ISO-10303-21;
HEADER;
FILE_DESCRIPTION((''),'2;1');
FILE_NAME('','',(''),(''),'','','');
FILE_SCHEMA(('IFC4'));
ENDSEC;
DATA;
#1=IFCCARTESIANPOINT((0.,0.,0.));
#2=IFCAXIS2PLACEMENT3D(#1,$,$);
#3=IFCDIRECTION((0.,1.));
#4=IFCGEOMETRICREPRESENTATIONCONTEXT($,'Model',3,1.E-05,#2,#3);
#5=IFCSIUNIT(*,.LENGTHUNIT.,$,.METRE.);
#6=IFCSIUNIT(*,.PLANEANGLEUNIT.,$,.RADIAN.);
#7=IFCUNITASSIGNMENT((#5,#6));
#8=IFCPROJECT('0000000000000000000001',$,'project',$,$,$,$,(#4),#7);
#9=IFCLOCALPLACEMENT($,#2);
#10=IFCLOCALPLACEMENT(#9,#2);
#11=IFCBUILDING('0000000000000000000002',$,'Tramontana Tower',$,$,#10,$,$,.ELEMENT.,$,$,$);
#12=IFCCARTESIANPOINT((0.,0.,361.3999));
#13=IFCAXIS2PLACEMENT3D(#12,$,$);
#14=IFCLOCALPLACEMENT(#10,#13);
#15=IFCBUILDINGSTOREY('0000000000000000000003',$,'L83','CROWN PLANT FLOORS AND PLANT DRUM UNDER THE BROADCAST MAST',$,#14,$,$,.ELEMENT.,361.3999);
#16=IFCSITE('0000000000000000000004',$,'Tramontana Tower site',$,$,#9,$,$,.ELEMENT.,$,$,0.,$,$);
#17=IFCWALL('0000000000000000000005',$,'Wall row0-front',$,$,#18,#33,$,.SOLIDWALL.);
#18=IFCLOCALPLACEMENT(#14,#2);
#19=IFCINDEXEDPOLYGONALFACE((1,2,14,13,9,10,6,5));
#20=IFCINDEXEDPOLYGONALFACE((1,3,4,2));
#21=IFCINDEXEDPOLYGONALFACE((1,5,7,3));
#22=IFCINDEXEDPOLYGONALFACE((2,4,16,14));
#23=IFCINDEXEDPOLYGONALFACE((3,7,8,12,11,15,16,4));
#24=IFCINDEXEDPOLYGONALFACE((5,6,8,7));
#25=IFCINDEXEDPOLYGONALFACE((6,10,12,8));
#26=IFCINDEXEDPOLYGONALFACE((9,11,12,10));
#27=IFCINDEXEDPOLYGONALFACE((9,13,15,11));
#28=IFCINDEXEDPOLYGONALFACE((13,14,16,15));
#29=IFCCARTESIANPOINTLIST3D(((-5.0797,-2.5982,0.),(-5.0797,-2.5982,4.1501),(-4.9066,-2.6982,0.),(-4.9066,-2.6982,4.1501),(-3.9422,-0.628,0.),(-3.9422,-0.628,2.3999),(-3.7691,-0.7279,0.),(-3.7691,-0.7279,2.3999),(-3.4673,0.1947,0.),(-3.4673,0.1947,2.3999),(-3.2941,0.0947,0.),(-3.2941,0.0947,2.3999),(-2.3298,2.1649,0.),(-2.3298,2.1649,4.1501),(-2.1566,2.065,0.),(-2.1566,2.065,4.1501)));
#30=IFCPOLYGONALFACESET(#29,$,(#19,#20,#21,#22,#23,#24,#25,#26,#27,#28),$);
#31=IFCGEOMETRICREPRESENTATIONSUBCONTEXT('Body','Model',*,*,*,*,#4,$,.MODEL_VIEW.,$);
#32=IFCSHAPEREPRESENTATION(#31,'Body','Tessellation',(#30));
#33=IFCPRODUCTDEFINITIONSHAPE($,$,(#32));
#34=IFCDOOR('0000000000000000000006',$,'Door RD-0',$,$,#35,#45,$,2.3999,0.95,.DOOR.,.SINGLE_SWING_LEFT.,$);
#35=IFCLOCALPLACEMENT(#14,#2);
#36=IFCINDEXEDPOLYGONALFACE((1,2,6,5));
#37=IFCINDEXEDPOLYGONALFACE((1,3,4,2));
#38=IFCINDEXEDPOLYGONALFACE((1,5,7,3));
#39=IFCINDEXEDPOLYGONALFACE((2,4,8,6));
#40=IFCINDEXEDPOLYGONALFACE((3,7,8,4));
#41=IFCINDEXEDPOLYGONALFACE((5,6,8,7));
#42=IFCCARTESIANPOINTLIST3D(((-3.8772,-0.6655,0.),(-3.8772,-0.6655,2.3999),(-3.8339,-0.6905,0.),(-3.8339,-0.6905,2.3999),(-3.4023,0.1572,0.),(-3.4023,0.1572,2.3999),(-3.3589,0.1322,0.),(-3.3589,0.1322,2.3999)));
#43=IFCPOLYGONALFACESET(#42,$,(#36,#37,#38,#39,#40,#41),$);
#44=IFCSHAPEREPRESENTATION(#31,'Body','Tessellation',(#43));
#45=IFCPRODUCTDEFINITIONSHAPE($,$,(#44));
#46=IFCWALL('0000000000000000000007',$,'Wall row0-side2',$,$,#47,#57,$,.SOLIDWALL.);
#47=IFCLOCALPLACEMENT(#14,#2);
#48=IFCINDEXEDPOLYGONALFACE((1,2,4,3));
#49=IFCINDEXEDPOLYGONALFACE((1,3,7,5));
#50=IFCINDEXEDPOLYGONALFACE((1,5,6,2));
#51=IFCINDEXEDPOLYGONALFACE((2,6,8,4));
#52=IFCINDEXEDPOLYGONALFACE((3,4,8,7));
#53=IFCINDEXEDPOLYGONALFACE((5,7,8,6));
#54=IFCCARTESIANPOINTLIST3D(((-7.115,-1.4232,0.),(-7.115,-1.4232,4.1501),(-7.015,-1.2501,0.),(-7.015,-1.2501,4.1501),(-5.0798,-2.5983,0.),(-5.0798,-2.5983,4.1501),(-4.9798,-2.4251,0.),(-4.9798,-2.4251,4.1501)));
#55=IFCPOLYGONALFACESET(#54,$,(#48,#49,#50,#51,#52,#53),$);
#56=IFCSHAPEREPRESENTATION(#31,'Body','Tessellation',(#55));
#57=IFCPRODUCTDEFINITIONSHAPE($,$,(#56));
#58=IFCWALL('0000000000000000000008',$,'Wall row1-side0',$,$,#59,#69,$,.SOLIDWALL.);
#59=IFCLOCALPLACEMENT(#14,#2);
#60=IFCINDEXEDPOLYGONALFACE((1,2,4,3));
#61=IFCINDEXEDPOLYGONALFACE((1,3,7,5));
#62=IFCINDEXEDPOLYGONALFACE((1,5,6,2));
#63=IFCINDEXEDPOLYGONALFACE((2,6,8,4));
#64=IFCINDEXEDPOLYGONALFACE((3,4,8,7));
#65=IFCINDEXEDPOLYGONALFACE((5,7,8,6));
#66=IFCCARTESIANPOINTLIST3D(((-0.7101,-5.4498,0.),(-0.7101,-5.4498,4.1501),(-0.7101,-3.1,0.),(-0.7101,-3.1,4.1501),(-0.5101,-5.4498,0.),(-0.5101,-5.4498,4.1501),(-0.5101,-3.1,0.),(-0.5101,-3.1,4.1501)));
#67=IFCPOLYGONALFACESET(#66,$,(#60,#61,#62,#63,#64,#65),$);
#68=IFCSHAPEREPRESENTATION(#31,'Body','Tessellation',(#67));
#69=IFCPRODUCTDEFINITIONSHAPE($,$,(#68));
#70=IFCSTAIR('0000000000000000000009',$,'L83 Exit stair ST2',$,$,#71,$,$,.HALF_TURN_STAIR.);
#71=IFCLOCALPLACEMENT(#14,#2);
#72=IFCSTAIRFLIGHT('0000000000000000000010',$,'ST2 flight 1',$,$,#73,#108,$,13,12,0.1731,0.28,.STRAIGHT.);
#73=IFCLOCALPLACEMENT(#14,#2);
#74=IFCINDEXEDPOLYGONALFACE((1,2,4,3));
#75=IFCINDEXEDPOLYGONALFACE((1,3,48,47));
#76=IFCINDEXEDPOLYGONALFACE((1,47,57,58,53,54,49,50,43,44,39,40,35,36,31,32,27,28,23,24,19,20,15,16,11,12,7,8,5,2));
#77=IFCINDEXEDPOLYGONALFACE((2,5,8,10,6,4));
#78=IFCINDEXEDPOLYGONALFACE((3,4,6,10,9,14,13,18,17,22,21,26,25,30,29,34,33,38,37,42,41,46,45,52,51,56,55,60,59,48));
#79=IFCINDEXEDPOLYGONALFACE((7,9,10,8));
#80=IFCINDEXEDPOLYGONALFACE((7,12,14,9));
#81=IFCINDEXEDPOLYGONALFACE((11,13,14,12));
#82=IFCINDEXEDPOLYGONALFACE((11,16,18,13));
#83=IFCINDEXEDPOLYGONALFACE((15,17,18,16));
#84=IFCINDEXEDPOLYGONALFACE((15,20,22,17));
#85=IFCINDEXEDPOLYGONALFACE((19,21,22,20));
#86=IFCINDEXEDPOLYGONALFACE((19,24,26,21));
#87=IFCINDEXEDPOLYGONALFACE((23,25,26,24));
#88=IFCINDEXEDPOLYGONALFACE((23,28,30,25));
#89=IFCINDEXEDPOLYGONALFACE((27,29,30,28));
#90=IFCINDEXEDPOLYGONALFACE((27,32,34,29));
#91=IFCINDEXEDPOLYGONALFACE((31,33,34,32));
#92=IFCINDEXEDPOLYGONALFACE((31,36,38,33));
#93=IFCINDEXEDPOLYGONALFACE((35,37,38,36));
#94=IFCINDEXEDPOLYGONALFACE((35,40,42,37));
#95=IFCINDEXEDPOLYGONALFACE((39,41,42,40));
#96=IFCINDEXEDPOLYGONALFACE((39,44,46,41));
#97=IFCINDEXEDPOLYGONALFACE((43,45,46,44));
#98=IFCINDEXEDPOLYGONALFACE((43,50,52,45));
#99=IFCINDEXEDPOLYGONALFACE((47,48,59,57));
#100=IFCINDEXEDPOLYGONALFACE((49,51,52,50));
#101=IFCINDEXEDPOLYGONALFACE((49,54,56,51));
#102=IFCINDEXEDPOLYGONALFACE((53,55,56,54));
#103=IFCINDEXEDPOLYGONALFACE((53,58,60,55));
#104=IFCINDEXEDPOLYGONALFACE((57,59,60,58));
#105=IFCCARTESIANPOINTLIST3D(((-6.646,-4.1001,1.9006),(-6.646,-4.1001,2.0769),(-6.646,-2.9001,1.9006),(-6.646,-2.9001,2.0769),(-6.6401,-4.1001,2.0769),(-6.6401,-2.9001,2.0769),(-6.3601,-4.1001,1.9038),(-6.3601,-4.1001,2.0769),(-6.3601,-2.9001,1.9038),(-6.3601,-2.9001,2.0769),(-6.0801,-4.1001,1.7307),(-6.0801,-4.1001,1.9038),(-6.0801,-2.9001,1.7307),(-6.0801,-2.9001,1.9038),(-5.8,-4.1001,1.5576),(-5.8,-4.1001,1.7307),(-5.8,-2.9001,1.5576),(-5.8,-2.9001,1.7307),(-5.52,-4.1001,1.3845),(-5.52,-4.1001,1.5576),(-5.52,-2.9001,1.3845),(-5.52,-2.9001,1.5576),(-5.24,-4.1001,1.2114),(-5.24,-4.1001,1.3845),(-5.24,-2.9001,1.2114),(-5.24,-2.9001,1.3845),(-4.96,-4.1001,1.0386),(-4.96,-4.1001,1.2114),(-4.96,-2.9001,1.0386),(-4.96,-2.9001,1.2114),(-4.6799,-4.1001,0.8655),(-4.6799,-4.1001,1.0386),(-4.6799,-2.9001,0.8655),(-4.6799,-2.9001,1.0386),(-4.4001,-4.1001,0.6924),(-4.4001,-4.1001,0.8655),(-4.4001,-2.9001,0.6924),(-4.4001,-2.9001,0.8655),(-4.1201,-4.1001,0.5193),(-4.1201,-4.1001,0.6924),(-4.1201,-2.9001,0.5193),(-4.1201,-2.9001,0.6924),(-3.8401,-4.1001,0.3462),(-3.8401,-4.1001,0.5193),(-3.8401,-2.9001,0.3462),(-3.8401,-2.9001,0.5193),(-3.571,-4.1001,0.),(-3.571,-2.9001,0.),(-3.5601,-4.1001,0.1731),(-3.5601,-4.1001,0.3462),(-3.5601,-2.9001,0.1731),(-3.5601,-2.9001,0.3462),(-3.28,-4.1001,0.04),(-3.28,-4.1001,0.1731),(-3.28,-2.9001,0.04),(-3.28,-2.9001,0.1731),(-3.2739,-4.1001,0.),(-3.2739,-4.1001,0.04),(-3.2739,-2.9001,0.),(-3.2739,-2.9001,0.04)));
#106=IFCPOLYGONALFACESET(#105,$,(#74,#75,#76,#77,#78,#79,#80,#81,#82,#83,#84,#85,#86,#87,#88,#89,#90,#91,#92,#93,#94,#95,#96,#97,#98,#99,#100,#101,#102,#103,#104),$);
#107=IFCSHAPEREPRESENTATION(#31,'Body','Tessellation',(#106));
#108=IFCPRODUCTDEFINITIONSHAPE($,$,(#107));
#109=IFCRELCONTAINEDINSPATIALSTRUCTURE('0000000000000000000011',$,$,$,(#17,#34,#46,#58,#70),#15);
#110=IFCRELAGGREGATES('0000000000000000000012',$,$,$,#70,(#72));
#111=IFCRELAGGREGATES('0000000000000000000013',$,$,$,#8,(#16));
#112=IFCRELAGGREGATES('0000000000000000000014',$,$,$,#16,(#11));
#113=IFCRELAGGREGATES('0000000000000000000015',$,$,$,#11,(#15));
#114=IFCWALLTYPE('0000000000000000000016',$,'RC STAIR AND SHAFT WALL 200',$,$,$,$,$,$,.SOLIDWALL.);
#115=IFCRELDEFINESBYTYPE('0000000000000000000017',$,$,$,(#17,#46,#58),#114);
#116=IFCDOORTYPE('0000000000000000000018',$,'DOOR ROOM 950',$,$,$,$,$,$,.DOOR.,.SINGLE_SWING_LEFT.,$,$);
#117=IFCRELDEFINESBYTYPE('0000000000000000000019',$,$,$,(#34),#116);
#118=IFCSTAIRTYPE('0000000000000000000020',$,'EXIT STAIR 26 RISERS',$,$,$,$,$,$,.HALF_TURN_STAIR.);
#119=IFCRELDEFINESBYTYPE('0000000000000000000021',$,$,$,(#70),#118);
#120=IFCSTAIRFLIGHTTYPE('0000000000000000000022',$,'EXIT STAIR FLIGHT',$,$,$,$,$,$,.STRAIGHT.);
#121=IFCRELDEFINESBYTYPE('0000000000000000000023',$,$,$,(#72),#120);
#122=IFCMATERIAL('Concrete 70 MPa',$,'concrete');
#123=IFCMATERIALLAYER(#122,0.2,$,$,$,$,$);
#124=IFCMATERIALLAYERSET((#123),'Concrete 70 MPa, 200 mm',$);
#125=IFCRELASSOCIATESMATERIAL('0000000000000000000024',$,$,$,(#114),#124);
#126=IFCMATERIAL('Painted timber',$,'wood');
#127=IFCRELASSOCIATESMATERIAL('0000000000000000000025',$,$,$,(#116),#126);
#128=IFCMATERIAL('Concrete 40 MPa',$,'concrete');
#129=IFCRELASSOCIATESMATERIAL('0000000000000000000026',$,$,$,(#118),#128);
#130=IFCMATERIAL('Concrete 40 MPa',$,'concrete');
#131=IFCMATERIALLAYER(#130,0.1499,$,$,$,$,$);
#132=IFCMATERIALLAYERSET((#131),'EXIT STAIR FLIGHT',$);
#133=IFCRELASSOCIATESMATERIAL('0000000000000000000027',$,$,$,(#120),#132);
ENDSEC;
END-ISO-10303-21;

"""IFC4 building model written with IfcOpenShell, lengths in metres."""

from ifc_helpers import new_model, si_unit, direction, frame, frame_2d, origin, place, context, subcontext, project, spatial, polyline, rectangle, outline, extrude, material, layer, layer_set, type_object, element, fill, aggregate, save


model = new_model("IFC4")

# Units and contexts
model_context = context("Model", 3, precision=1e-05, world=origin(), true_north=direction((0.0, 1.0)))
body_context = subcontext(model_context, "Body", "Model", "MODEL_VIEW")
ifc_project = project(units=[si_unit("LENGTHUNIT", "METRE"), si_unit("PLANEANGLEUNIT", "RADIAN")], contexts=[model_context])

# Site, building, storey
site_placement = place(None, origin())
site = spatial("IfcSite", under=ifc_project, at=site_placement, Name="Tramontana Tower site", CompositionType="ELEMENT", RefElevation=0.0)
building_placement = place(site_placement, origin())
building = spatial("IfcBuilding", under=site, at=building_placement, Name="Tramontana Tower", CompositionType="ELEMENT")
storey_placement = place(building_placement, frame((0.0, 0.0, 361.3999)))
storey = spatial("IfcBuildingStorey", under=building, at=storey_placement, Name="L83", Description="CROWN PLANT FLOORS AND PLANT DRUM UNDER THE BROADCAST MAST", CompositionType="ELEMENT", Elevation=361.3999)

# Shared definitions
ifc_material_1 = material(Name="Concrete 70 MPa", Category="concrete")
ifc_layer_1 = layer(ifc_material_1, 0.2)
ifc_layer_set_1 = layer_set([ifc_layer_1], Name="Concrete 70 MPa, 200 mm")
wall_type_1 = type_object("IfcWallType", Name="RC STAIR AND SHAFT WALL 200", PredefinedType="SOLIDWALL", material=ifc_layer_set_1)

# Wall, opening, door
wall_1_placement = place(storey_placement, frame((-4.9932, -2.6482, 0.0), z_axis=(0.0, 0.0, 1.0), x_axis=(0.499997, 0.866027, 0.0)))
wall_1 = element("IfcWall", 1, at=wall_1_placement, inside=storey, type_object=wall_type_1, Name="Wall row0-front", PredefinedType="SOLIDWALL", context=body_context, shape_type="SweptSolid", body=[
    extrude(rectangle(XDim=5.5, YDim=0.2, at=frame_2d((2.75, 0.0))), origin(), (0.0, 0.0, 1.0), 4.1501),
])
opening_1_placement = place(wall_1_placement, frame((2.2749, 0.0, 0.0)))
opening_1 = element("IfcOpeningElement", 2, at=opening_1_placement, cuts=wall_1, PredefinedType="OPENING", context=body_context, shape_type="SweptSolid", body=[
    extrude(rectangle(XDim=0.95, YDim=2.3999, at=frame_2d((0.4751, 1.2))), frame((0.0, 0.1099, 0.0), z_axis=(0.0, -1.0, 0.0), x_axis=(1.0, 0.0, 0.0)), (0.0, 0.0, 1.0), 0.22),
])
ifc_material_2 = material(Name="Painted timber", Category="wood")
door_type_1 = type_object("IfcDoorType", Name="DOOR ROOM 950", OperationType="SINGLE_SWING_LEFT", PredefinedType="DOOR", material=ifc_material_2)
door_1_placement = place(opening_1_placement, origin())
door_1 = element("IfcDoor", 3, at=door_1_placement, inside=storey, type_object=door_type_1, Name="Door RD-0", OperationType="SINGLE_SWING_LEFT", OverallHeight=2.3999, OverallWidth=0.95, PredefinedType="DOOR", context=body_context, shape_type="SweptSolid", body=[
    extrude(rectangle(XDim=0.95, YDim=2.3999, at=frame_2d((0.4751, 1.2))), frame((0.0, 0.0249, 0.0), z_axis=(0.0, -1.0, 0.0), x_axis=(1.0, 0.0, 0.0)), (0.0, 0.0, 1.0), 0.05),
])
fill(opening_1, door_1)

# Walls
wall_2_placement = place(storey_placement, frame((-5.0298, -2.5117, 0.0), z_axis=(0.0, 0.0, 1.0), x_axis=(-0.866016, 0.500016, 0.0)))
element("IfcWall", 4, at=wall_2_placement, inside=storey, type_object=wall_type_1, Name="Wall row0-side2", PredefinedType="SOLIDWALL", context=body_context, shape_type="SweptSolid", body=[
    extrude(rectangle(XDim=2.3501, YDim=0.2, at=frame_2d((1.175, 0.0))), origin(), (0.0, 0.0, 1.0), 4.1501),
])
wall_3_placement = place(storey_placement, frame((-0.6101, -3.1001, 0.0), z_axis=(0.0, 0.0, 1.0), x_axis=(0.0, -1.0, 0.0)))
element("IfcWall", 5, at=wall_3_placement, inside=storey, type_object=wall_type_1, Name="Wall row1-side0", PredefinedType="SOLIDWALL", context=body_context, shape_type="SweptSolid", body=[
    extrude(rectangle(XDim=2.3499, YDim=0.2, at=frame_2d((1.1748, 0.0))), origin(), (0.0, 0.0, 1.0), 4.1501),
])

# Stair, stair flight
ifc_material_3 = material(Name="Concrete 40 MPa", Category="concrete")
stair_type = type_object("IfcStairType", Name="EXIT STAIR 26 RISERS", PredefinedType="HALF_TURN_STAIR", material=ifc_material_3)
stair_placement = place(storey_placement, origin())
stair = element("IfcStair", 6, at=stair_placement, inside=storey, type_object=stair_type, Name="L83 Exit stair ST2", PredefinedType="HALF_TURN_STAIR")
ifc_material_4 = material(Name="Concrete 40 MPa", Category="concrete")
ifc_layer_2 = layer(ifc_material_4, 0.1499)
ifc_layer_set_2 = layer_set([ifc_layer_2], Name="EXIT STAIR FLIGHT")
stair_flight_type = type_object("IfcStairFlightType", Name="EXIT STAIR FLIGHT", PredefinedType="STRAIGHT", material=ifc_layer_set_2)
stair_flight_placement = place(storey_placement, frame((-3.28, -3.5, 0.0), z_axis=(0.0, 0.0, 1.0), x_axis=(-1.0, 0.0, 0.0)))
stair_flight = element("IfcStairFlight", 7, at=stair_flight_placement, type_object=stair_flight_type, Name="ST2 flight 1", NumberOfRisers=13, NumberOfTreads=12, PredefinedType="STRAIGHT", RiserHeight=0.1731, TreadLength=0.28, context=body_context, shape_type="SweptSolid", body=[
    extrude(outline(polyline([(-0.0061, 0.0), (-0.0061, 0.04), (0.0, 0.04), (0.0, 0.1731), (0.28, 0.1731), (0.28, 0.3462), (0.5601, 0.3462), (0.5601, 0.5193), (0.8401, 0.5193), (0.8401, 0.6924), (1.1201, 0.6924), (1.1201, 0.8655), (1.3999, 0.8655), (1.3999, 1.0386), (1.6799, 1.0386), (1.6799, 1.2114), (1.96, 1.2114), (1.96, 1.3845), (2.24, 1.3845), (2.24, 1.5576), (2.52, 1.5576), (2.52, 1.7307), (2.8, 1.7307), (2.8, 1.9038), (3.0801, 1.9038), (3.0801, 2.0769), (3.3601, 2.0769), (3.366, 2.0769), (3.366, 1.9006), (0.291, 0.0), (-0.0061, 0.0)])), frame((0.0, 0.6001, 0.0), z_axis=(0.0, -1.0, 0.0), x_axis=(1.0, 0.0, 0.0)), (0.0, 0.0, 1.0), 1.2),
])
aggregate(stair, [stair_flight])

save(model, "model.ifc")
